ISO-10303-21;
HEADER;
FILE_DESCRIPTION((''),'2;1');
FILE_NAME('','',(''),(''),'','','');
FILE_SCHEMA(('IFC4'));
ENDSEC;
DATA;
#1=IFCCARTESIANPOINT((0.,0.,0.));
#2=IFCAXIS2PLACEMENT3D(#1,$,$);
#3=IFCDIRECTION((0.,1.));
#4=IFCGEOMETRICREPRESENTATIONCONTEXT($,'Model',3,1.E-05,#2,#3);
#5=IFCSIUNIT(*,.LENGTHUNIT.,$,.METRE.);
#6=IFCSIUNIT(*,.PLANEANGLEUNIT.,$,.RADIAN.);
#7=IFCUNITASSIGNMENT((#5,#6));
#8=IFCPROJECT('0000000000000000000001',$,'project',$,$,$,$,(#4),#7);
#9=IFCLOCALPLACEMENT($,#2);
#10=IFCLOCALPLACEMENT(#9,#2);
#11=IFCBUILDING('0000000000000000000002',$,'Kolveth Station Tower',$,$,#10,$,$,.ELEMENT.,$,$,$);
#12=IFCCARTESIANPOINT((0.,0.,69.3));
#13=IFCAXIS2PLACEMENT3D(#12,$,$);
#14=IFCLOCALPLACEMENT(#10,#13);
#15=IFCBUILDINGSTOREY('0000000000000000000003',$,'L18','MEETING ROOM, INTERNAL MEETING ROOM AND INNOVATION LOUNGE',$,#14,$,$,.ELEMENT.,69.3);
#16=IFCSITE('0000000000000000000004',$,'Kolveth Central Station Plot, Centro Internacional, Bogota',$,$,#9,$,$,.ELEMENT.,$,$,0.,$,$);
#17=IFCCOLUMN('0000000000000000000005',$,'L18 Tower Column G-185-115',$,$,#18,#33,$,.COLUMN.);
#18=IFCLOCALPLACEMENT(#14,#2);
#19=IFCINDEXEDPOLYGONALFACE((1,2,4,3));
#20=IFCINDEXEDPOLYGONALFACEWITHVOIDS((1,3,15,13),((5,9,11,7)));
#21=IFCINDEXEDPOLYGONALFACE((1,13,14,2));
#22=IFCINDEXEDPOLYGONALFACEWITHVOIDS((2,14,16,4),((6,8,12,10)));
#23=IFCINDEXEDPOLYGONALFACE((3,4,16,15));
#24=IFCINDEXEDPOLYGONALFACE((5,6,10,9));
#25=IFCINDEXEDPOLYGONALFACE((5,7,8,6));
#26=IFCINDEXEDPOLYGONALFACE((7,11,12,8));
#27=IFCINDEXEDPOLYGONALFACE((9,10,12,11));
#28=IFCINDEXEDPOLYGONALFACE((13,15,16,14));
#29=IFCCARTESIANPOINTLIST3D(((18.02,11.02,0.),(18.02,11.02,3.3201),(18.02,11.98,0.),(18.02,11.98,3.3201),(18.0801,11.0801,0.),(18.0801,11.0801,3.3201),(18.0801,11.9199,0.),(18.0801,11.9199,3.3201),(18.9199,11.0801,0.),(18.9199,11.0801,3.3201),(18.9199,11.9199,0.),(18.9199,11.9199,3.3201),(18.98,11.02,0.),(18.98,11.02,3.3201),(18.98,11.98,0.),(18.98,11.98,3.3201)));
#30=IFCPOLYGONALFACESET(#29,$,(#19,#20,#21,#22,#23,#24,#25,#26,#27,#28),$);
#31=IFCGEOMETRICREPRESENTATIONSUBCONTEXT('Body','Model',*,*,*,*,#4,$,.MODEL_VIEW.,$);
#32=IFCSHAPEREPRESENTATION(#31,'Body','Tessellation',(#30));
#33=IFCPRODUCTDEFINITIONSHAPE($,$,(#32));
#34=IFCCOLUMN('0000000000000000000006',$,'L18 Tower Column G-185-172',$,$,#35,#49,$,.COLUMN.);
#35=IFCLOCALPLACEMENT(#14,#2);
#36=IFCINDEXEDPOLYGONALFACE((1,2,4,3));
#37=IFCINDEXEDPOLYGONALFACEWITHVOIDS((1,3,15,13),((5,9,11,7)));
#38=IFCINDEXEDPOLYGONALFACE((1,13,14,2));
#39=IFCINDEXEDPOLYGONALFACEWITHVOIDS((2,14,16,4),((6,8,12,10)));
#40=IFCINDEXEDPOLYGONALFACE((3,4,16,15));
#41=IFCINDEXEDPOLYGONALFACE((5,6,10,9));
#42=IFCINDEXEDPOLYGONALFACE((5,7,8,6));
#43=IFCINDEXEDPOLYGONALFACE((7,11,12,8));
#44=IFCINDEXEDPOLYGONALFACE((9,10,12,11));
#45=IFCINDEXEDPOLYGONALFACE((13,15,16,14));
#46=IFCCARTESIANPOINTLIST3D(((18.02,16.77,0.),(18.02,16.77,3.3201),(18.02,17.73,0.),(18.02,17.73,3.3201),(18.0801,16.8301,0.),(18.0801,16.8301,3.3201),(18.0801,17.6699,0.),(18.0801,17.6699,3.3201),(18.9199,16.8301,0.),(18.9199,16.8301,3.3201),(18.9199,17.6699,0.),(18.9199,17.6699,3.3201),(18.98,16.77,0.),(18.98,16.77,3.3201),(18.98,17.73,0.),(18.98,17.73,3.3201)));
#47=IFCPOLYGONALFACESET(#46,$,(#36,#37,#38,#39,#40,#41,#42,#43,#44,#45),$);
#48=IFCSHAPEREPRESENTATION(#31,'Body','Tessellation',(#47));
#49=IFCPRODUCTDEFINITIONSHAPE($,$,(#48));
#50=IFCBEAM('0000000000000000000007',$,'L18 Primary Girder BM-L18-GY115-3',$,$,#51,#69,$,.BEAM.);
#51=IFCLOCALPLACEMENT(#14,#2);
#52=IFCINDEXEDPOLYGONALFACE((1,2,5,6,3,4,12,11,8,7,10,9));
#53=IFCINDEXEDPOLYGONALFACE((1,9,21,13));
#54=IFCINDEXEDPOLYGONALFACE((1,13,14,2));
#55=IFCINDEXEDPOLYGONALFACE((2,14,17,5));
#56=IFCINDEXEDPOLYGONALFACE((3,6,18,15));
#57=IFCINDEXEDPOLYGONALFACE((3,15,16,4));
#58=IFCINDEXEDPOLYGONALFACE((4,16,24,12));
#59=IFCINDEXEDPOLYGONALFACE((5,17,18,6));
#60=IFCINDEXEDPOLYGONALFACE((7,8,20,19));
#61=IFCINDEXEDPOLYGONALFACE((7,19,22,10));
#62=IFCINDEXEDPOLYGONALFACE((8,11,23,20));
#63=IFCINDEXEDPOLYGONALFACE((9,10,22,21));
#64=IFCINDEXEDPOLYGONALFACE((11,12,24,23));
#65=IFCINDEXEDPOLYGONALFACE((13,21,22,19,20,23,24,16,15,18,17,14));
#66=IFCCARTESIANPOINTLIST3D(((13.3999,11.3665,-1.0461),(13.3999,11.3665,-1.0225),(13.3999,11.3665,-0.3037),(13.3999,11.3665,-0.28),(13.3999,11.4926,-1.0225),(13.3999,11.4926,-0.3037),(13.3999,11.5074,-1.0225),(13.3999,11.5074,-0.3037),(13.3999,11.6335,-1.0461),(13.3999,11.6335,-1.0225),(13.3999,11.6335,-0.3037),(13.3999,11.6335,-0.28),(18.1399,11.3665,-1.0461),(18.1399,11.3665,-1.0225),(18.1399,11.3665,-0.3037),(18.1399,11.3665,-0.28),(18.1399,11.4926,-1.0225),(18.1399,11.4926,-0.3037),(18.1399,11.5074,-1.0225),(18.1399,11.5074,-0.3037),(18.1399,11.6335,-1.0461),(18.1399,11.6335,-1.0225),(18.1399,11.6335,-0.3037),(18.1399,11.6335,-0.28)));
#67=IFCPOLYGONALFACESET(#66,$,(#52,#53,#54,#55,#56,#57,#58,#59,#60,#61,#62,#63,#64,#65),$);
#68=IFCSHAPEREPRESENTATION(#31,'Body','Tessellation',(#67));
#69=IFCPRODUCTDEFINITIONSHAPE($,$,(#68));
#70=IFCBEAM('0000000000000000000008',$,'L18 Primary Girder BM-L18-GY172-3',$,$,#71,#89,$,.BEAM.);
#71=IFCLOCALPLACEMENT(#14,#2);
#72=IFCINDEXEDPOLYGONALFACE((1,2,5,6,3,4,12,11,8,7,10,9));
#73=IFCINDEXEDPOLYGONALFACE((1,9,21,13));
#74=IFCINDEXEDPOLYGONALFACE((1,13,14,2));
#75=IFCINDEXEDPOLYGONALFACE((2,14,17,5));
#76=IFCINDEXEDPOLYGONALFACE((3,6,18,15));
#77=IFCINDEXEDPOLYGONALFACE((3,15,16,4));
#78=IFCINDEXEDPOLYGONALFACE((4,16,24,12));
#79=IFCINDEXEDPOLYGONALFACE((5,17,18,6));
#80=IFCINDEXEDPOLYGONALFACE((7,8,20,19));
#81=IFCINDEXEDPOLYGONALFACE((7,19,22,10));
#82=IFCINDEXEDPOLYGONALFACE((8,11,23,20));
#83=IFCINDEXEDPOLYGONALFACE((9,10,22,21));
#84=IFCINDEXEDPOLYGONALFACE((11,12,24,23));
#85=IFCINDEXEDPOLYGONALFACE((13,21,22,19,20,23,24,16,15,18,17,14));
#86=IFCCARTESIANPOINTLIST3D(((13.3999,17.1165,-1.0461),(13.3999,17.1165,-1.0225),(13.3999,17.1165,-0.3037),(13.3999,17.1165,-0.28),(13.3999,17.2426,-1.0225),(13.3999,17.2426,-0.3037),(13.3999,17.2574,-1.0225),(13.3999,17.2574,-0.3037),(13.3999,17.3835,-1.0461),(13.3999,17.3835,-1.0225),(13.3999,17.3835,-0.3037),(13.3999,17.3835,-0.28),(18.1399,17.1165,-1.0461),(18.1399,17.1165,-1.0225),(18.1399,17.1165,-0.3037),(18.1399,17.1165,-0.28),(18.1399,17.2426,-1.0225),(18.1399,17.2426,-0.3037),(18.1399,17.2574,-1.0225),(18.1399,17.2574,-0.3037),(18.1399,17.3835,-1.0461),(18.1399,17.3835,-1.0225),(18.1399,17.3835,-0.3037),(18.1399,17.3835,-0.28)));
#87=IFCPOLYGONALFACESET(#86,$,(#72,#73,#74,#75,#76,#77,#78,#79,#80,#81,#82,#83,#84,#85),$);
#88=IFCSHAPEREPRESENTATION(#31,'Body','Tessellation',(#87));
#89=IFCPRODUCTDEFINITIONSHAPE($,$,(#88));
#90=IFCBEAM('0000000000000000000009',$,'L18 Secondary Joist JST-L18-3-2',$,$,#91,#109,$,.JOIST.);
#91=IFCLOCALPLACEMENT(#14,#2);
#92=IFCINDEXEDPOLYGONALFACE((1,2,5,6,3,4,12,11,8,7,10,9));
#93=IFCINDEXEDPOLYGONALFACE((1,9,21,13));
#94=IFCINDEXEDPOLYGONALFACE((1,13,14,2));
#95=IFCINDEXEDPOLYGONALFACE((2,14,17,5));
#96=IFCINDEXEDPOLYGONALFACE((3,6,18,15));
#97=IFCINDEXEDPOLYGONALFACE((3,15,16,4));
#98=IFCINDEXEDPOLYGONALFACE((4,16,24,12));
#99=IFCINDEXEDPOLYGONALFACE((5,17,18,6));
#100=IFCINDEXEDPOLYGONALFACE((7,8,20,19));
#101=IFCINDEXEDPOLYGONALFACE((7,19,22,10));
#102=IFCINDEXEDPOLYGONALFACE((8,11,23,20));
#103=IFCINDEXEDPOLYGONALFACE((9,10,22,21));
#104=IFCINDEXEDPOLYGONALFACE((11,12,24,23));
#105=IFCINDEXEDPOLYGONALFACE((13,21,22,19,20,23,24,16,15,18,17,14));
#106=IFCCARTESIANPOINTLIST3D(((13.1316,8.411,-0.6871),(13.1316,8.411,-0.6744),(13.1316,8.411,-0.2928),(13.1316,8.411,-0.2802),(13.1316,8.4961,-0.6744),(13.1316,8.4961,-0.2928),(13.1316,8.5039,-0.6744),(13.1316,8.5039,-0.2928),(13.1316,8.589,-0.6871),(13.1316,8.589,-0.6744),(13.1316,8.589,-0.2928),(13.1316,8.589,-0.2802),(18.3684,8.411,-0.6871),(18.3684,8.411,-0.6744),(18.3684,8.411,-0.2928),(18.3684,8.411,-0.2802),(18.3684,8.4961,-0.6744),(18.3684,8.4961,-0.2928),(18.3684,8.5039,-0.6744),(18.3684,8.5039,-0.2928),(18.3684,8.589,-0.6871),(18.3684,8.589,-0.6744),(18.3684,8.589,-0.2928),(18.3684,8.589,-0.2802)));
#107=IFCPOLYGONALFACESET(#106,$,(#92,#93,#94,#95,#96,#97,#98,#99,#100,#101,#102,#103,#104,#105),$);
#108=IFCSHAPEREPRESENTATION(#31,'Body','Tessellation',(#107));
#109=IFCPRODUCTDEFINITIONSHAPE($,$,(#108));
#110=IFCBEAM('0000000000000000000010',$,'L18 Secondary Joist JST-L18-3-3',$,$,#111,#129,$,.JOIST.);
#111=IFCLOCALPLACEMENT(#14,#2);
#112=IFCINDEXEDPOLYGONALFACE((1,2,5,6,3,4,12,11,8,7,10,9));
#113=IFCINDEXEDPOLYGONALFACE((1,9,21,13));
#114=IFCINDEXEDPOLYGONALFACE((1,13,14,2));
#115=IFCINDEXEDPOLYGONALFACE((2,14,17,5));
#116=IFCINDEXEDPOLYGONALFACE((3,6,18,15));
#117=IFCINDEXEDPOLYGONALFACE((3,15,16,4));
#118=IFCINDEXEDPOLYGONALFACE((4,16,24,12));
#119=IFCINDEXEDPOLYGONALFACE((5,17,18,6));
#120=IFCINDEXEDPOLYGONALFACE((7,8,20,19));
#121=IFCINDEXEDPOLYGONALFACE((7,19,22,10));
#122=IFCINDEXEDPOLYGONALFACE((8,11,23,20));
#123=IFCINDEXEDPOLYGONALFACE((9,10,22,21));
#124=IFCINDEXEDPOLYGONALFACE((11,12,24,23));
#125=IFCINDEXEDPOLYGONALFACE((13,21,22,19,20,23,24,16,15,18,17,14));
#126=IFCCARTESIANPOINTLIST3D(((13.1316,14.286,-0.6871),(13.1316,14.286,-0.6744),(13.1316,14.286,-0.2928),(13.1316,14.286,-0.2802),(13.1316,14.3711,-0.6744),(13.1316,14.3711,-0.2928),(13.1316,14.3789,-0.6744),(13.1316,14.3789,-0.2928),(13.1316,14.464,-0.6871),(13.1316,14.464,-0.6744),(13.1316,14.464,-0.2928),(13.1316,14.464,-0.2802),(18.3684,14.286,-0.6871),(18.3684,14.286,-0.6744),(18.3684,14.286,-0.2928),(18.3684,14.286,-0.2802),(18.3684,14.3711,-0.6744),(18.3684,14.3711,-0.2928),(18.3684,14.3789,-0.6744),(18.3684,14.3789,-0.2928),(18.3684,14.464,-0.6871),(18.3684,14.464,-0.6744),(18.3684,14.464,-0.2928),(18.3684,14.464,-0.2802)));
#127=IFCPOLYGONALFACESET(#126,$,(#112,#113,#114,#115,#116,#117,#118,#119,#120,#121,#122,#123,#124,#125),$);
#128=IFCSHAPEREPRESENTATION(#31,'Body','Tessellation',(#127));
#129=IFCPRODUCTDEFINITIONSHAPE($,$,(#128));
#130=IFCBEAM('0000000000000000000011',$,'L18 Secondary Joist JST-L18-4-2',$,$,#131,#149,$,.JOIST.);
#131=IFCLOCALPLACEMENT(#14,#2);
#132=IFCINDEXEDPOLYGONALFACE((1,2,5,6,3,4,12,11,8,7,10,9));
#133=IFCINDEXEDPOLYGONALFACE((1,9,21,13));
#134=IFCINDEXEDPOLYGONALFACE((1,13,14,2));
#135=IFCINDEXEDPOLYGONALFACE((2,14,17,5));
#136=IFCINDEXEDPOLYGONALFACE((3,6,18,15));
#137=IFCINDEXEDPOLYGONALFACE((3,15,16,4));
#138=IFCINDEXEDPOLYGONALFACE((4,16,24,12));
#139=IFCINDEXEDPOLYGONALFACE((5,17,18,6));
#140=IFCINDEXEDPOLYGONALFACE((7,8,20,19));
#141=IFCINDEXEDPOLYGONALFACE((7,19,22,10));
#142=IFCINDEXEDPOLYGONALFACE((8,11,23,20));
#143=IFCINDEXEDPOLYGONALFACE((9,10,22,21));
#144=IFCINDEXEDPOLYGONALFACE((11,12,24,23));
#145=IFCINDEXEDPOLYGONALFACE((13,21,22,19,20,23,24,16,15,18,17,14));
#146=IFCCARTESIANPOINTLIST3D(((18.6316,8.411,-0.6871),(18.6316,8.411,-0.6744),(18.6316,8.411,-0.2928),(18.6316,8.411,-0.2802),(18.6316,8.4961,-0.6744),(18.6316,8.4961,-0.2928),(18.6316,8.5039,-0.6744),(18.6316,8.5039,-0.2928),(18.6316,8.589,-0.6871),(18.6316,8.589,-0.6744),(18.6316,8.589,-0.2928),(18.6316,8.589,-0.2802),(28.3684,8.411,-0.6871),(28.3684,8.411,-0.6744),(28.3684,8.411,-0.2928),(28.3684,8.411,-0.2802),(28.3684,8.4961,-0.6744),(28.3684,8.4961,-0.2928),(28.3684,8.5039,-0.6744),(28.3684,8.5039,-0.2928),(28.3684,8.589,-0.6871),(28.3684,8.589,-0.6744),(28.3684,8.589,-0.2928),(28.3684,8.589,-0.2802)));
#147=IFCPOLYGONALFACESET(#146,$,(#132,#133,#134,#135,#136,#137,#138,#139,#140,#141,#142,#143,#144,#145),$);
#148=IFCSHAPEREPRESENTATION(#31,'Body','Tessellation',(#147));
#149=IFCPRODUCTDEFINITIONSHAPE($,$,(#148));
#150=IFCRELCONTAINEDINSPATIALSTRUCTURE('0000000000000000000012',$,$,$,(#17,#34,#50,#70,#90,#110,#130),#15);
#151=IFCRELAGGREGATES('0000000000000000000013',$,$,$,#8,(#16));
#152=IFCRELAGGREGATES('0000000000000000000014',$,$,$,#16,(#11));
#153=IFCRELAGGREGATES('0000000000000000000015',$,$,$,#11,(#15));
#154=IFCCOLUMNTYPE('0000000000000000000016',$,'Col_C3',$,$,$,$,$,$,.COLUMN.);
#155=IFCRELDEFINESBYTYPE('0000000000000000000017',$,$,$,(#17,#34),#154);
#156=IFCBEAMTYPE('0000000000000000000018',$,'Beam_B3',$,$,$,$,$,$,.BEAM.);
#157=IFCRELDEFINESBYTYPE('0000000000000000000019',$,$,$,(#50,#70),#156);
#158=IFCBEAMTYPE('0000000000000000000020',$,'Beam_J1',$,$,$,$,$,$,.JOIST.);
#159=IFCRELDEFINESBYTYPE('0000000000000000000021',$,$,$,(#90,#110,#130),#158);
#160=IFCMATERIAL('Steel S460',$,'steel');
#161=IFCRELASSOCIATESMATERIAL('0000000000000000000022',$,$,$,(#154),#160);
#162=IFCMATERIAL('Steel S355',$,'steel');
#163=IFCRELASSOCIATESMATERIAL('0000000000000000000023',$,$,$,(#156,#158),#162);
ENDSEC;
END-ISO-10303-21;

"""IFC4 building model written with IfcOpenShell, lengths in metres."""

from ifc_helpers import new_model, si_unit, direction, frame, origin, origin_2d, place, context, subcontext, project, spatial, hollow_rectangle, i_section, extrude, source, transform, mapped, material, material_profile, profile_set, type_object, element, save


model = new_model("IFC4")

# Units and contexts
model_context = context("Model", 3, precision=1e-05, world=origin(), true_north=direction((0.0, 1.0)))
body_context = subcontext(model_context, "Body", "Model", "MODEL_VIEW")
ifc_project = project(units=[si_unit("LENGTHUNIT", "METRE"), si_unit("PLANEANGLEUNIT", "RADIAN")], contexts=[model_context])

# Site, building, storey
site_placement = place(None, origin())
site = spatial("IfcSite", under=ifc_project, at=site_placement, Name="Kolveth Central Station Plot, Centro Internacional, Bogota", CompositionType="ELEMENT", RefElevation=0.0)
building_placement = place(site_placement, origin())
building = spatial("IfcBuilding", under=site, at=building_placement, Name="Kolveth Station Tower", CompositionType="ELEMENT")
storey_placement = place(building_placement, frame((0.0, 0.0, 69.3)))
storey = spatial("IfcBuildingStorey", under=building, at=storey_placement, Name="L18", Description="MEETING ROOM, INTERNAL MEETING ROOM AND INNOVATION LOUNGE", CompositionType="ELEMENT", Elevation=69.3)

# Columns
ifc_material_1 = material(Name="Steel S460", Category="steel")
ifc_material_profile_1 = material_profile(ifc_material_1, hollow_rectangle(XDim=0.96, YDim=0.96, WallThickness=0.0601, at=origin_2d()), Name="BOX960x960x60")
ifc_profile_set_1 = profile_set([ifc_material_profile_1], Name="Steel S460")
column_type = type_object("IfcColumnType", Name="Col_C3", PredefinedType="COLUMN", material=ifc_profile_set_1)
shared_shape_1 = source(origin(), body_context, "Body", "SweptSolid", [
    extrude(hollow_rectangle(XDim=0.96, YDim=0.96, WallThickness=0.0601, at=origin_2d()), origin(), (0.0, 0.0, 1.0), 3.3201),
])
for number, where, z_axis, x_axis, name in (
    (1, (18.5, 11.5, 0.0), (0.0, 0.0, 1.0), (1.0, 0.0, 0.0), "L18 Tower Column G-185-115"),
    (2, (18.5, 17.25, 0.0), (0.0, 0.0, 1.0), (1.0, 0.0, 0.0), "L18 Tower Column G-185-172"),
):
    element("IfcColumn", number, at=place(storey_placement, frame(where, z_axis=z_axis, x_axis=x_axis)), inside=storey, type_object=column_type, Name=name, PredefinedType="COLUMN", context=body_context, shape_type="MappedRepresentation", body=[
        mapped(shared_shape_1, transform((0.0, 0.0, 0.0), x_axis=(1.0, 0.0, 0.0), y_axis=(0.0, 1.0, 0.0), z_axis=(0.0, 0.0, 1.0), scale=1.0)),
    ])

# Beams
ifc_material_2 = material(Name="Steel S355", Category="steel")
ifc_material_profile_2 = material_profile(ifc_material_2, i_section(OverallWidth=0.2671, OverallDepth=0.7661, WebThickness=0.0149, FlangeThickness=0.0237, at=origin_2d()), Name="W760x185")
ifc_profile_set_2 = profile_set([ifc_material_profile_2], Name="Steel S355")
beam_type_1 = type_object("IfcBeamType", Name="Beam_B3", PredefinedType="BEAM", material=ifc_profile_set_2)
shared_shape_2 = source(origin(), body_context, "Body", "SweptSolid", [
    extrude(i_section(OverallWidth=0.2671, OverallDepth=0.7661, WebThickness=0.0149, FlangeThickness=0.0237, at=origin_2d()), origin(), (0.0, 0.0, 1.0), 4.74),
])
for number, where, z_axis, x_axis, name in (
    (3, (13.3999, 11.5, -0.6631), (1.0, 0.0, 0.0), (0.0, 1.0, 0.0), "L18 Primary Girder BM-L18-GY115-3"),
    (4, (13.3999, 17.25, -0.6631), (1.0, 0.0, 0.0), (0.0, 1.0, 0.0), "L18 Primary Girder BM-L18-GY172-3"),
):
    element("IfcBeam", number, at=place(storey_placement, frame(where, z_axis=z_axis, x_axis=x_axis)), inside=storey, type_object=beam_type_1, Name=name, PredefinedType="BEAM", context=body_context, shape_type="MappedRepresentation", body=[
        mapped(shared_shape_2, transform((0.0, 0.0, 0.0), x_axis=(1.0, 0.0, 0.0), y_axis=(0.0, 1.0, 0.0), z_axis=(0.0, 0.0, 1.0), scale=1.0)),
    ])
ifc_material_profile_3 = material_profile(ifc_material_2, i_section(OverallWidth=0.178, OverallDepth=0.407, WebThickness=0.0078, FlangeThickness=0.0127, at=origin_2d()), Name="W410x60")
ifc_profile_set_3 = profile_set([ifc_material_profile_3], Name="Steel S355")
beam_type_2 = type_object("IfcBeamType", Name="Beam_J1", PredefinedType="JOIST", material=ifc_profile_set_3)
shared_shape_3 = source(origin(), body_context, "Body", "SweptSolid", [
    extrude(i_section(OverallWidth=0.178, OverallDepth=0.407, WebThickness=0.0078, FlangeThickness=0.0127, at=origin_2d()), origin(), (0.0, 0.0, 1.0), 5.2368),
])
for number, where, z_axis, x_axis, name in (
    (5, (13.1316, 8.5, -0.4836), (1.0, 0.0, 0.0), (0.0, 1.0, 0.0), "L18 Secondary Joist JST-L18-3-2"),
    (6, (13.1316, 14.375, -0.4836), (1.0, 0.0, 0.0), (0.0, 1.0, 0.0), "L18 Secondary Joist JST-L18-3-3"),
):
    element("IfcBeam", number, at=place(storey_placement, frame(where, z_axis=z_axis, x_axis=x_axis)), inside=storey, type_object=beam_type_2, Name=name, PredefinedType="JOIST", context=body_context, shape_type="MappedRepresentation", body=[
        mapped(shared_shape_3, transform((0.0, 0.0, 0.0), x_axis=(1.0, 0.0, 0.0), y_axis=(0.0, 1.0, 0.0), z_axis=(0.0, 0.0, 1.0), scale=1.0)),
    ])
shared_shape_4 = source(origin(), body_context, "Body", "SweptSolid", [
    extrude(i_section(OverallWidth=0.178, OverallDepth=0.407, WebThickness=0.0078, FlangeThickness=0.0127, at=origin_2d()), origin(), (0.0, 0.0, 1.0), 9.7368),
])
beam_placement = place(storey_placement, frame((18.6316, 8.5, -0.4836), z_axis=(1.0, 0.0, 0.0), x_axis=(0.0, 1.0, 0.0)))
element("IfcBeam", 7, at=beam_placement, inside=storey, type_object=beam_type_2, Name="L18 Secondary Joist JST-L18-4-2", PredefinedType="JOIST", context=body_context, shape_type="MappedRepresentation", body=[
    mapped(shared_shape_4, transform((0.0, 0.0, 0.0), x_axis=(1.0, 0.0, 0.0), y_axis=(0.0, 1.0, 0.0), z_axis=(0.0, 0.0, 1.0), scale=1.0)),
])

save(model, "model.ifc")
